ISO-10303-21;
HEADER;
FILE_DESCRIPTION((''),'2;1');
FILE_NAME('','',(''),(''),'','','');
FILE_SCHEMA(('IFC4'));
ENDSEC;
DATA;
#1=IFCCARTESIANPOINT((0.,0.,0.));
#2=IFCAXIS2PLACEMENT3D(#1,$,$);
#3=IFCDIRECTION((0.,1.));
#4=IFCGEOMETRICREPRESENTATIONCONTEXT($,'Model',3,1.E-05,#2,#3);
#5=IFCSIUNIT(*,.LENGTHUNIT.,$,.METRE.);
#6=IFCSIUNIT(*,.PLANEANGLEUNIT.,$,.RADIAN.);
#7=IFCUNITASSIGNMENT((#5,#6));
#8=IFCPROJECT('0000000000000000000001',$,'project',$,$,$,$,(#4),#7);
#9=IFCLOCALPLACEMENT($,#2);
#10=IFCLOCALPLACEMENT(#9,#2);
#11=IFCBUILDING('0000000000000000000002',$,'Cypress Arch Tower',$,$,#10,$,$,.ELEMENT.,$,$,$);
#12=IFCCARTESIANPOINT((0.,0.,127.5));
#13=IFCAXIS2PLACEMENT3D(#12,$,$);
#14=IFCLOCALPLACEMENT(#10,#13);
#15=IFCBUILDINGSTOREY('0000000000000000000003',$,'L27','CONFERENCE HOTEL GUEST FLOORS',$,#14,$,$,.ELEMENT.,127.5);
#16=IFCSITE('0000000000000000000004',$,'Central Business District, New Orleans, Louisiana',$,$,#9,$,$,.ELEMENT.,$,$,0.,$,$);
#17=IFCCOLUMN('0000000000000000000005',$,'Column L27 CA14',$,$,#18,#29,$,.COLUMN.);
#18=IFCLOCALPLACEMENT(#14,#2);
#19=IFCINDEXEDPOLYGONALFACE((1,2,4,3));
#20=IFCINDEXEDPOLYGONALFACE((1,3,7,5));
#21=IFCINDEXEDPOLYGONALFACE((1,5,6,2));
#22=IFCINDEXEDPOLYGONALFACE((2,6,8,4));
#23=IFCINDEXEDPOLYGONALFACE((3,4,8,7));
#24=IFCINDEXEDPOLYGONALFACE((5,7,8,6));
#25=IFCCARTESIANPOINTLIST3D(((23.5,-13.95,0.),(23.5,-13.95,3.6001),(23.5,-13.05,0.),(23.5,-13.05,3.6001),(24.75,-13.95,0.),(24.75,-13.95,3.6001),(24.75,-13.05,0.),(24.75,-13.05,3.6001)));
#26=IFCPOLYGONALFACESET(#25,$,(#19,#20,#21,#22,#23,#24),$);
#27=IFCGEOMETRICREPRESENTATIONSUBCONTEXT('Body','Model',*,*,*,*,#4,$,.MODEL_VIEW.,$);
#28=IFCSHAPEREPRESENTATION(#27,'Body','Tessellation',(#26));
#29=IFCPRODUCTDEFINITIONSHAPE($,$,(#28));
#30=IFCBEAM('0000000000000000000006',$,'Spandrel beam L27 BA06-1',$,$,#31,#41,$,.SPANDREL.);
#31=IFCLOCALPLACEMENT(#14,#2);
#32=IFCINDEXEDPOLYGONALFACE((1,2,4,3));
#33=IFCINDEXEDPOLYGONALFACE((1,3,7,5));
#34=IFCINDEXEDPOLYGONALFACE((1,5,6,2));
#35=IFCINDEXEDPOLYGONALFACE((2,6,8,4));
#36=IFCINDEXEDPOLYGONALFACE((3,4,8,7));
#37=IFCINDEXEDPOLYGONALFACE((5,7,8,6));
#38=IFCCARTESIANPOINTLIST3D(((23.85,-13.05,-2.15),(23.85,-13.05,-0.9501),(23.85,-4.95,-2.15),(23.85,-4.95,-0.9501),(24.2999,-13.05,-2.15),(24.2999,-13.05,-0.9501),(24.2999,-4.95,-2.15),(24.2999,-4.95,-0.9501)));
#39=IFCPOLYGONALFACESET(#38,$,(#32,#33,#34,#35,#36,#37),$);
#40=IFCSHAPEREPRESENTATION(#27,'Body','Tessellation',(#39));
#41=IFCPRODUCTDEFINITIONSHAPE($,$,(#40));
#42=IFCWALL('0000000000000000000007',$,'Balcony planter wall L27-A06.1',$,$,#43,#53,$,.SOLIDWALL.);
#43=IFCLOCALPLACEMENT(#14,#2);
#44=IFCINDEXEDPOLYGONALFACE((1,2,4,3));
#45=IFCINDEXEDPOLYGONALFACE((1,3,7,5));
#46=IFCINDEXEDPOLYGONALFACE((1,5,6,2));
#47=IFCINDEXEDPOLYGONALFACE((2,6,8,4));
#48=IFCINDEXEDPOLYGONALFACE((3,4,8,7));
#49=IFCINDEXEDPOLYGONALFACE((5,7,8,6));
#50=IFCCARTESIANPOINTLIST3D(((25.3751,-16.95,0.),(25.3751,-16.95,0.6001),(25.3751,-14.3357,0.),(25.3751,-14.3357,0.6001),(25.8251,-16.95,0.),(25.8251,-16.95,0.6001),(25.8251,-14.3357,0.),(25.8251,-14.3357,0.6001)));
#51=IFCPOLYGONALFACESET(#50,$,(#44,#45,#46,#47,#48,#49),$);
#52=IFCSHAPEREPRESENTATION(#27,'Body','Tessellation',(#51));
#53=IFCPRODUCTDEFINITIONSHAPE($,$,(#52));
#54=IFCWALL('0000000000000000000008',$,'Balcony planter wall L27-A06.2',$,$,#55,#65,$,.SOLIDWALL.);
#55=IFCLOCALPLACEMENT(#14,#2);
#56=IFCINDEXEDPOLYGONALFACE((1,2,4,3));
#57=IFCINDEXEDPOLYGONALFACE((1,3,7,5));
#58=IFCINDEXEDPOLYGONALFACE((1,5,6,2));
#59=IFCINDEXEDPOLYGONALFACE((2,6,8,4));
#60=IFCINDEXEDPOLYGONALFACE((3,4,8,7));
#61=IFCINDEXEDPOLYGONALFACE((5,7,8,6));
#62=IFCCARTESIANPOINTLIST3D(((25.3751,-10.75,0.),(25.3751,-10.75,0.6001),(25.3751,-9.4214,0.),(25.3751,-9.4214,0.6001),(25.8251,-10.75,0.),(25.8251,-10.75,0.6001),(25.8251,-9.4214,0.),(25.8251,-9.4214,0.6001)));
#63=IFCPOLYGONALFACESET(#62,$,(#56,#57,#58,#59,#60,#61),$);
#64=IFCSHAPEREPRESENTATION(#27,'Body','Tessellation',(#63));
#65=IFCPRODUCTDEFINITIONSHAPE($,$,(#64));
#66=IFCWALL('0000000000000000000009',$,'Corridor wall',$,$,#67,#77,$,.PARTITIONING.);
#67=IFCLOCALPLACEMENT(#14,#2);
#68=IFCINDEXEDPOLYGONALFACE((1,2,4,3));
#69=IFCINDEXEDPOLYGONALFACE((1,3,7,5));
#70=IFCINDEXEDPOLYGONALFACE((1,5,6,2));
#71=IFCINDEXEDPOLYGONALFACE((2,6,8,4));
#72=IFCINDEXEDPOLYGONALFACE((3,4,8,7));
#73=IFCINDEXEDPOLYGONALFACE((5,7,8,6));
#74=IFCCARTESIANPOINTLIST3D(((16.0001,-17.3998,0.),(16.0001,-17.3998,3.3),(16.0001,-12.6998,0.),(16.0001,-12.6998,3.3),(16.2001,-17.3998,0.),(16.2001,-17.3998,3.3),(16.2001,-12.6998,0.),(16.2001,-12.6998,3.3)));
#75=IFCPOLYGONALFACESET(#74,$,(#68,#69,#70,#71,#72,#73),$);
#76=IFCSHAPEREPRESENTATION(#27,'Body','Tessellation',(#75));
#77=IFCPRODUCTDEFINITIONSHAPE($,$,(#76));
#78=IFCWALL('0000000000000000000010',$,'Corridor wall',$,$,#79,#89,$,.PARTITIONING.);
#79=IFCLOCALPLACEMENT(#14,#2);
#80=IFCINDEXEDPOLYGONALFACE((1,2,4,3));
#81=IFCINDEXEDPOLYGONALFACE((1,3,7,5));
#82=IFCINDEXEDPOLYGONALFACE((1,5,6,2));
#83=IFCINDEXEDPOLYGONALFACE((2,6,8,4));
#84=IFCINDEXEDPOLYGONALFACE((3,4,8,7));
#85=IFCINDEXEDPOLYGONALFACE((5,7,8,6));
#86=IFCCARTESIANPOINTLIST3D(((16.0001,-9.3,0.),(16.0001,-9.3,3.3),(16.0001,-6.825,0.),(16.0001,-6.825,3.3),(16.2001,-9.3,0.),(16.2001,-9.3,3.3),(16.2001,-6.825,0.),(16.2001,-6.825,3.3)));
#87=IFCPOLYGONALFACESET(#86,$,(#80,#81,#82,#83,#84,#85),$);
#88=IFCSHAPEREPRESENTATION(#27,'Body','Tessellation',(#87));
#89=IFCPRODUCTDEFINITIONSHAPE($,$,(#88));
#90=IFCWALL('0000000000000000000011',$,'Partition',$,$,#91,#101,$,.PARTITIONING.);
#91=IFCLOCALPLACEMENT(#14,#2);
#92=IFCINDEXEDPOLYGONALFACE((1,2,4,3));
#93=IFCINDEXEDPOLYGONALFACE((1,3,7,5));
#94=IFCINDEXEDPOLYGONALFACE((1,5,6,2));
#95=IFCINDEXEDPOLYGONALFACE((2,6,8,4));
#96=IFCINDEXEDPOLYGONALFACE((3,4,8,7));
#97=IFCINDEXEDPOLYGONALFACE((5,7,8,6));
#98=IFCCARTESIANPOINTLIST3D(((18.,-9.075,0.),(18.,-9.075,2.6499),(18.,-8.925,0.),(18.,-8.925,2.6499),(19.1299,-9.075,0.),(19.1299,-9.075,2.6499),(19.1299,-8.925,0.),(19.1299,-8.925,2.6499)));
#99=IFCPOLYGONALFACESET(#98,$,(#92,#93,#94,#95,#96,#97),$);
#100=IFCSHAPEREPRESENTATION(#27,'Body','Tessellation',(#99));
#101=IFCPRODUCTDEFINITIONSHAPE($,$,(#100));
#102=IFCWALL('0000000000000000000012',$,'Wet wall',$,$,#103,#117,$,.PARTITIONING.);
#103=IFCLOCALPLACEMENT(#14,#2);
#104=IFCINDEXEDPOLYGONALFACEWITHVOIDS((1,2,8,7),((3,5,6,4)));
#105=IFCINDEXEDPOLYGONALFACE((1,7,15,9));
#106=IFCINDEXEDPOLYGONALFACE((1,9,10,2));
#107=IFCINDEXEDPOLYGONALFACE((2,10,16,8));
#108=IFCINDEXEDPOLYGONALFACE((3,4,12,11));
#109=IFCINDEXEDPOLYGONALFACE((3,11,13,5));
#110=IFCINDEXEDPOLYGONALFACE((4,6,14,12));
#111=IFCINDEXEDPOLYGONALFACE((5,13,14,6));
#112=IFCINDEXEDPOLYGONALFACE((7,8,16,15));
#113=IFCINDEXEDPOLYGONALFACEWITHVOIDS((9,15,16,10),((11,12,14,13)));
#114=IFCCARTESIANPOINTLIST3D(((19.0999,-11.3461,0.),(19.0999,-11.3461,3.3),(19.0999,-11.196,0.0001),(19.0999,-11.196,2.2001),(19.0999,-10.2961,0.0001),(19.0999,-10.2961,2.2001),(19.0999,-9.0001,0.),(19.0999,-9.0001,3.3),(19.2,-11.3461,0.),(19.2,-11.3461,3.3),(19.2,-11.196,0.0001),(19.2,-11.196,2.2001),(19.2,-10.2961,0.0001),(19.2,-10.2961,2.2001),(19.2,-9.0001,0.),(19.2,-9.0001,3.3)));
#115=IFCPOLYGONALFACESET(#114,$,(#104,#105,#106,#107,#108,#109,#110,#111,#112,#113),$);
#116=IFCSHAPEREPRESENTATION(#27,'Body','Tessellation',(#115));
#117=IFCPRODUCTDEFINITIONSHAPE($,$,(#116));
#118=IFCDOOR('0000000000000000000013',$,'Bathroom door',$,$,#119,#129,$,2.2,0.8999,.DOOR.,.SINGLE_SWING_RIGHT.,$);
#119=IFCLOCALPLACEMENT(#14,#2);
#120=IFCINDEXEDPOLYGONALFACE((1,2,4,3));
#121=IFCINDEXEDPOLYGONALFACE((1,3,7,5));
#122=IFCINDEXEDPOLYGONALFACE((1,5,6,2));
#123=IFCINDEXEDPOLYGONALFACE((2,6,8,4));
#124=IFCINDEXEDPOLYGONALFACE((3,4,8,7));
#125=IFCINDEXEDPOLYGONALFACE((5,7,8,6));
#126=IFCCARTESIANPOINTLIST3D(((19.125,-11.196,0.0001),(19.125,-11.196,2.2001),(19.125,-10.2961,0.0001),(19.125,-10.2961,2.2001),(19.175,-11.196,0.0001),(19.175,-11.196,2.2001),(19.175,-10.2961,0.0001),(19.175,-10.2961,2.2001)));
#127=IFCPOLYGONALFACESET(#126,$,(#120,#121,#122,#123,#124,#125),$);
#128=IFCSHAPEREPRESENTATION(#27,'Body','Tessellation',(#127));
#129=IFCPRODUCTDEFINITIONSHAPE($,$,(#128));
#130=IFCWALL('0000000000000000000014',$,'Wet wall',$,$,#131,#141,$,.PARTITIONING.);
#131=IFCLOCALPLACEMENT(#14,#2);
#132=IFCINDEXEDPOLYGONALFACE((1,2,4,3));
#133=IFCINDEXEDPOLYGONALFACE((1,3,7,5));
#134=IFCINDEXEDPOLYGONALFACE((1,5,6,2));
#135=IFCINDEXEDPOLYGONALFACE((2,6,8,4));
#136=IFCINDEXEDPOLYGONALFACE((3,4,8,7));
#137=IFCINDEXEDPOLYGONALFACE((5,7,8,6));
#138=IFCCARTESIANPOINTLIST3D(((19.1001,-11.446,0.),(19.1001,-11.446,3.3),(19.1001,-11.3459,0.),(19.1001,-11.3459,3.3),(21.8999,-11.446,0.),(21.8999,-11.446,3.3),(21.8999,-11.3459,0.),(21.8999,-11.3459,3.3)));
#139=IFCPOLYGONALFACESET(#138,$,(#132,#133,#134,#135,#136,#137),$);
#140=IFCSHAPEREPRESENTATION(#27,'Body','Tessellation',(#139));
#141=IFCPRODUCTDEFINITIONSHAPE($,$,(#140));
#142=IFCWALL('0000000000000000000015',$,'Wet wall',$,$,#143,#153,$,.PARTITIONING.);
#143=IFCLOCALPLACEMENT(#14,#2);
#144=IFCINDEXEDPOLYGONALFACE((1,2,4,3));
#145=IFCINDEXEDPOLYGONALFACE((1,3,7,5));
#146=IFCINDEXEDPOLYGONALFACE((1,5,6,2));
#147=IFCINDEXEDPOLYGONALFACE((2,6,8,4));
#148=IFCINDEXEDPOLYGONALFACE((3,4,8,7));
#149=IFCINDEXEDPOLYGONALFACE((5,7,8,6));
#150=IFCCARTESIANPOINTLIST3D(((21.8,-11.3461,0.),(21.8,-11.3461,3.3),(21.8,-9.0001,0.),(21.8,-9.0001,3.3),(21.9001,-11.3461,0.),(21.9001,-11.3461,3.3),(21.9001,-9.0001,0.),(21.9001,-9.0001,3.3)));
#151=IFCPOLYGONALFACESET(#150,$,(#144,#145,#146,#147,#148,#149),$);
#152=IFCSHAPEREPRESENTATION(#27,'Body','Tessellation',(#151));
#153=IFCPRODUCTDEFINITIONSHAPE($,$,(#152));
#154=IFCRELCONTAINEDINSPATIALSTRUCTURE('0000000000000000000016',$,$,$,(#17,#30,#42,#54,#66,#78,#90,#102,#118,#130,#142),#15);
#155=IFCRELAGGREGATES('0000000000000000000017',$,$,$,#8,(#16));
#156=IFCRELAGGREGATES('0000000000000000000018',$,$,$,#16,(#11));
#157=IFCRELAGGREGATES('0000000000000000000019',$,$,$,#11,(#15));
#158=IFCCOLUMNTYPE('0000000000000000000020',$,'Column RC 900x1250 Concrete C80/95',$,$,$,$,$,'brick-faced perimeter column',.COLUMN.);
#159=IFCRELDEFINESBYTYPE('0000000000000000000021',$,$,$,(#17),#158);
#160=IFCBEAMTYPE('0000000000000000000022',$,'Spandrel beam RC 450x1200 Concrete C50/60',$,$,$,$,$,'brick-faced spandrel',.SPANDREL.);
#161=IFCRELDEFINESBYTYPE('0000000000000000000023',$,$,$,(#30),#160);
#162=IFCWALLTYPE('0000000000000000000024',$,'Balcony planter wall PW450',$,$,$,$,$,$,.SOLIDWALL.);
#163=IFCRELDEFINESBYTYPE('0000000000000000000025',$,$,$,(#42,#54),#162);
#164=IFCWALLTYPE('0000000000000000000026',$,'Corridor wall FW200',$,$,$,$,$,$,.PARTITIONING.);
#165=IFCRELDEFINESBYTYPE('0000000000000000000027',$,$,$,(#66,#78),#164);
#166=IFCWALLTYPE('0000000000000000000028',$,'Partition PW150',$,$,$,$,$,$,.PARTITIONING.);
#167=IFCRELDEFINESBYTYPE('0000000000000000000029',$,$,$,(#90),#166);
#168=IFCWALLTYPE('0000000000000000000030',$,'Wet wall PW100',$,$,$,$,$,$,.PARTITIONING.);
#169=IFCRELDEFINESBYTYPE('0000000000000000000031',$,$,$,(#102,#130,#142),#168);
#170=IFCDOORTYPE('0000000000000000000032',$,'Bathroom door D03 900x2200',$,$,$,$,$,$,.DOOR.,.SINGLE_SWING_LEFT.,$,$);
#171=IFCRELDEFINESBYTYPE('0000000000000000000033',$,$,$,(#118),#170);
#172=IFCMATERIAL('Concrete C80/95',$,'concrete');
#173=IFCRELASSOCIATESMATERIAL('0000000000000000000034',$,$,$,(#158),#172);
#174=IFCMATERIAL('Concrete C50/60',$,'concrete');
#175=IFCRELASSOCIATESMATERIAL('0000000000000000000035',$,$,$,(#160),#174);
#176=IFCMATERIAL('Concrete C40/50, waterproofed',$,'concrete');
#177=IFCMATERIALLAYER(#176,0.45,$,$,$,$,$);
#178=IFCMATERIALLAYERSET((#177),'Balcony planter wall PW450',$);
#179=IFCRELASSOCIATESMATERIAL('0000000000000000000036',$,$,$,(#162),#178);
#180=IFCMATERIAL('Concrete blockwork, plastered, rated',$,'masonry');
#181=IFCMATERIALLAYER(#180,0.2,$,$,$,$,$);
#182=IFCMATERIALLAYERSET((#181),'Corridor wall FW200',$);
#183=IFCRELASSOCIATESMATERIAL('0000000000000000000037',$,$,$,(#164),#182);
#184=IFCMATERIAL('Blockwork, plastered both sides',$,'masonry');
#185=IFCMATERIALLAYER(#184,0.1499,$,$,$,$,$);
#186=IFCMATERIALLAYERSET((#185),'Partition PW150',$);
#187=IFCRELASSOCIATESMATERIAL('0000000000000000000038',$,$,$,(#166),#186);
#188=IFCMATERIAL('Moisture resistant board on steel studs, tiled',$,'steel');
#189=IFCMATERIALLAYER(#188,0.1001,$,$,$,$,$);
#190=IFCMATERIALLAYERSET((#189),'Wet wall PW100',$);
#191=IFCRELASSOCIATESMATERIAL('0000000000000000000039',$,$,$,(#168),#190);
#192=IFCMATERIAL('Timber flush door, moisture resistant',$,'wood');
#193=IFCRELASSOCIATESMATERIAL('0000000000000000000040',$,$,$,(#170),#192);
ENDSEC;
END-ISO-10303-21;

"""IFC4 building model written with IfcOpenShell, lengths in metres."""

from ifc_helpers import new_model, si_unit, direction, frame, frame_2d, origin, origin_2d, place, context, subcontext, project, spatial, rectangle, extrude, material, layer, layer_set, material_profile, profile_set, type_object, element, fill, save


model = new_model("IFC4")

# Units and contexts
model_context = context("Model", 3, precision=1e-05, world=origin(), true_north=direction((0.0, 1.0)))
body_context = subcontext(model_context, "Body", "Model", "MODEL_VIEW")
ifc_project = project(units=[si_unit("LENGTHUNIT", "METRE"), si_unit("PLANEANGLEUNIT", "RADIAN")], contexts=[model_context])

# Site, building, storey
site_placement = place(None, origin())
site = spatial("IfcSite", under=ifc_project, at=site_placement, Name="Central Business District, New Orleans, Louisiana", CompositionType="ELEMENT", RefElevation=0.0)
building_placement = place(site_placement, origin())
building = spatial("IfcBuilding", under=site, at=building_placement, Name="Cypress Arch Tower", CompositionType="ELEMENT")
storey_placement = place(building_placement, frame((0.0, 0.0, 127.5)))
storey = spatial("IfcBuildingStorey", under=building, at=storey_placement, Name="L27", Description="CONFERENCE HOTEL GUEST FLOORS", CompositionType="ELEMENT", Elevation=127.5)

# Column
ifc_material_1 = material(Name="Concrete C80/95", Category="concrete")
ifc_material_profile_1 = material_profile(ifc_material_1, rectangle(XDim=0.8999, YDim=1.25, at=origin_2d()), Name="RC 900x1250")
ifc_profile_set_1 = profile_set([ifc_material_profile_1], Name="Concrete C80/95")
column_type = type_object("IfcColumnType", Name="Column RC 900x1250 Concrete C80/95", ElementType="brick-faced perimeter column", PredefinedType="COLUMN", material=ifc_profile_set_1)
column_placement = place(storey_placement, frame((24.125, -13.5, 0.0), z_axis=(0.0, 0.0, 1.0), x_axis=(0.0, 1.0, 0.0)))
element("IfcColumn", 1, at=column_placement, inside=storey, type_object=column_type, Name="Column L27 CA14", PredefinedType="COLUMN", context=body_context, shape_type="SweptSolid", body=[
    extrude(rectangle(XDim=0.8999, YDim=1.25, at=origin_2d()), origin(), (0.0, 0.0, 1.0), 3.6001),
])

# Beam
ifc_material_2 = material(Name="Concrete C50/60", Category="concrete")
ifc_material_profile_2 = material_profile(ifc_material_2, rectangle(XDim=0.45, YDim=1.2, at=origin_2d()), Name="RC 450x1200")
ifc_profile_set_2 = profile_set([ifc_material_profile_2], Name="Concrete C50/60")
beam_type = type_object("IfcBeamType", Name="Spandrel beam RC 450x1200 Concrete C50/60", ElementType="brick-faced spandrel", PredefinedType="SPANDREL", material=ifc_profile_set_2)
beam_placement = place(storey_placement, frame((24.075, -13.05, -1.55), z_axis=(0.0, 1.0, 0.0), x_axis=(-1.0, 0.0, 0.0)))
element("IfcBeam", 2, at=beam_placement, inside=storey, type_object=beam_type, Name="Spandrel beam L27 BA06-1", PredefinedType="SPANDREL", context=body_context, shape_type="SweptSolid", body=[
    extrude(rectangle(XDim=0.45, YDim=1.2, at=origin_2d()), origin(), (0.0, 0.0, 1.0), 8.1001),
])

# Walls
ifc_material_3 = material(Name="Concrete C40/50, waterproofed", Category="concrete")
ifc_layer_1 = layer(ifc_material_3, 0.45)
ifc_layer_set_1 = layer_set([ifc_layer_1], Name="Balcony planter wall PW450")
wall_type_1 = type_object("IfcWallType", Name="Balcony planter wall PW450", PredefinedType="SOLIDWALL", material=ifc_layer_set_1)
wall_1_placement = place(storey_placement, frame((25.6001, -16.95, 0.0), z_axis=(0.0, 0.0, 1.0), x_axis=(0.0, 1.0, 0.0)))
element("IfcWall", 3, at=wall_1_placement, inside=storey, type_object=wall_type_1, Name="Balcony planter wall L27-A06.1", PredefinedType="SOLIDWALL", context=body_context, shape_type="SweptSolid", body=[
    extrude(rectangle(XDim=2.6143, YDim=0.45, at=frame_2d((1.3071, 0.0))), origin(), (0.0, 0.0, 1.0), 0.6001),
])
wall_2_placement = place(storey_placement, frame((25.6001, -10.75, 0.0), z_axis=(0.0, 0.0, 1.0), x_axis=(0.0, 1.0, 0.0)))
element("IfcWall", 4, at=wall_2_placement, inside=storey, type_object=wall_type_1, Name="Balcony planter wall L27-A06.2", PredefinedType="SOLIDWALL", context=body_context, shape_type="SweptSolid", body=[
    extrude(rectangle(XDim=1.3286, YDim=0.45, at=frame_2d((0.6643, 0.0))), origin(), (0.0, 0.0, 1.0), 0.6001),
])

# Walls
ifc_material_4 = material(Name="Concrete blockwork, plastered, rated", Category="masonry")
ifc_layer_2 = layer(ifc_material_4, 0.2)
ifc_layer_set_2 = layer_set([ifc_layer_2], Name="Corridor wall FW200")
wall_type_2 = type_object("IfcWallType", Name="Corridor wall FW200", PredefinedType="PARTITIONING", material=ifc_layer_set_2)
wall_3_placement = place(storey_placement, frame((16.1001, -17.3999, 0.0), z_axis=(0.0, 0.0, 1.0), x_axis=(0.0, 1.0, 0.0)))
element("IfcWall", 5, at=wall_3_placement, inside=storey, type_object=wall_type_2, Name="Corridor wall", PredefinedType="PARTITIONING", context=body_context, shape_type="SweptSolid", body=[
    extrude(rectangle(XDim=4.7, YDim=0.2, at=frame_2d((2.3501, 0.0))), origin(), (0.0, 0.0, 1.0), 3.3),
])
wall_4_placement = place(storey_placement, frame((16.1001, -9.3, 0.0), z_axis=(0.0, 0.0, 1.0), x_axis=(0.0, 1.0, 0.0)))
element("IfcWall", 6, at=wall_4_placement, inside=storey, type_object=wall_type_2, Name="Corridor wall", PredefinedType="PARTITIONING", context=body_context, shape_type="SweptSolid", body=[
    extrude(rectangle(XDim=2.4751, YDim=0.2, at=frame_2d((1.2375, 0.0))), origin(), (0.0, 0.0, 1.0), 3.3),
])
ifc_material_5 = material(Name="Blockwork, plastered both sides", Category="masonry")
ifc_layer_3 = layer(ifc_material_5, 0.1499)
ifc_layer_set_3 = layer_set([ifc_layer_3], Name="Partition PW150")
wall_type_3 = type_object("IfcWallType", Name="Partition PW150", PredefinedType="PARTITIONING", material=ifc_layer_set_3)
wall_5_placement = place(storey_placement, frame((18.0, -9.0, 0.0), z_axis=(0.0, 0.0, 1.0), x_axis=(1.0, 0.0, 0.0)))
element("IfcWall", 7, at=wall_5_placement, inside=storey, type_object=wall_type_3, Name="Partition", PredefinedType="PARTITIONING", context=body_context, shape_type="SweptSolid", body=[
    extrude(rectangle(XDim=1.1299, YDim=0.1499, at=frame_2d((0.5649, 0.0))), origin(), (0.0, 0.0, 1.0), 2.6499),
])

# Wall, opening, door
ifc_material_6 = material(Name="Moisture resistant board on steel studs, tiled", Category="steel")
ifc_layer_4 = layer(ifc_material_6, 0.1001)
ifc_layer_set_4 = layer_set([ifc_layer_4], Name="Wet wall PW100")
wall_type_4 = type_object("IfcWallType", Name="Wet wall PW100", PredefinedType="PARTITIONING", material=ifc_layer_set_4)
wall_6_placement = place(storey_placement, frame((19.1499, -11.3459, 0.0), z_axis=(0.0, 0.0, 1.0), x_axis=(0.0, 1.0, 0.0)))
wall_6 = element("IfcWall", 8, at=wall_6_placement, inside=storey, type_object=wall_type_4, Name="Wet wall", PredefinedType="PARTITIONING", context=body_context, shape_type="SweptSolid", body=[
    extrude(rectangle(XDim=2.3459, YDim=0.1001, at=frame_2d((1.1729, 0.0))), origin(), (0.0, 0.0, 1.0), 3.3),
])
opening_1_placement = place(wall_6_placement, frame((0.1499, 0.0, 0.0)))
opening_1 = element("IfcOpeningElement", 9, at=opening_1_placement, cuts=wall_6, PredefinedType="OPENING", context=body_context, shape_type="SweptSolid", body=[
    extrude(rectangle(XDim=0.8999, YDim=2.2, at=frame_2d((0.45, 1.1001))), frame((0.0, 0.0601, 0.0), z_axis=(0.0, -1.0, 0.0), x_axis=(1.0, 0.0, 0.0)), (0.0, 0.0, 1.0), 0.1201),
])
ifc_material_7 = material(Name="Timber flush door, moisture resistant", Category="wood")
door_type_1 = type_object("IfcDoorType", Name="Bathroom door D03 900x2200", OperationType="SINGLE_SWING_LEFT", PredefinedType="DOOR", material=ifc_material_7)
door_1_placement = place(opening_1_placement, origin())
door_1 = element("IfcDoor", 10, at=door_1_placement, inside=storey, type_object=door_type_1, Name="Bathroom door", OperationType="SINGLE_SWING_RIGHT", OverallHeight=2.2, OverallWidth=0.8999, PredefinedType="DOOR", context=body_context, shape_type="SweptSolid", body=[
    extrude(rectangle(XDim=0.8999, YDim=2.2, at=frame_2d((0.45, 1.1001))), frame((0.0, 0.0249, 0.0), z_axis=(0.0, -1.0, 0.0), x_axis=(1.0, 0.0, 0.0)), (0.0, 0.0, 1.0), 0.05),
])
fill(opening_1, door_1)

# Walls
wall_7_placement = place(storey_placement, frame((19.1001, -11.396, 0.0), z_axis=(0.0, 0.0, 1.0), x_axis=(1.0, 0.0, 0.0)))
element("IfcWall", 11, at=wall_7_placement, inside=storey, type_object=wall_type_4, Name="Wet wall", PredefinedType="PARTITIONING", context=body_context, shape_type="SweptSolid", body=[
    extrude(rectangle(XDim=2.7998, YDim=0.1001, at=frame_2d((1.3999, 0.0))), origin(), (0.0, 0.0, 1.0), 3.3),
])
wall_8_placement = place(storey_placement, frame((21.8501, -11.3459, 0.0), z_axis=(0.0, 0.0, 1.0), x_axis=(0.0, 1.0, 0.0)))
element("IfcWall", 12, at=wall_8_placement, inside=storey, type_object=wall_type_4, Name="Wet wall", PredefinedType="PARTITIONING", context=body_context, shape_type="SweptSolid", body=[
    extrude(rectangle(XDim=2.3459, YDim=0.1001, at=frame_2d((1.1729, 0.0))), origin(), (0.0, 0.0, 1.0), 3.3),
])

save(model, "model.ifc")
